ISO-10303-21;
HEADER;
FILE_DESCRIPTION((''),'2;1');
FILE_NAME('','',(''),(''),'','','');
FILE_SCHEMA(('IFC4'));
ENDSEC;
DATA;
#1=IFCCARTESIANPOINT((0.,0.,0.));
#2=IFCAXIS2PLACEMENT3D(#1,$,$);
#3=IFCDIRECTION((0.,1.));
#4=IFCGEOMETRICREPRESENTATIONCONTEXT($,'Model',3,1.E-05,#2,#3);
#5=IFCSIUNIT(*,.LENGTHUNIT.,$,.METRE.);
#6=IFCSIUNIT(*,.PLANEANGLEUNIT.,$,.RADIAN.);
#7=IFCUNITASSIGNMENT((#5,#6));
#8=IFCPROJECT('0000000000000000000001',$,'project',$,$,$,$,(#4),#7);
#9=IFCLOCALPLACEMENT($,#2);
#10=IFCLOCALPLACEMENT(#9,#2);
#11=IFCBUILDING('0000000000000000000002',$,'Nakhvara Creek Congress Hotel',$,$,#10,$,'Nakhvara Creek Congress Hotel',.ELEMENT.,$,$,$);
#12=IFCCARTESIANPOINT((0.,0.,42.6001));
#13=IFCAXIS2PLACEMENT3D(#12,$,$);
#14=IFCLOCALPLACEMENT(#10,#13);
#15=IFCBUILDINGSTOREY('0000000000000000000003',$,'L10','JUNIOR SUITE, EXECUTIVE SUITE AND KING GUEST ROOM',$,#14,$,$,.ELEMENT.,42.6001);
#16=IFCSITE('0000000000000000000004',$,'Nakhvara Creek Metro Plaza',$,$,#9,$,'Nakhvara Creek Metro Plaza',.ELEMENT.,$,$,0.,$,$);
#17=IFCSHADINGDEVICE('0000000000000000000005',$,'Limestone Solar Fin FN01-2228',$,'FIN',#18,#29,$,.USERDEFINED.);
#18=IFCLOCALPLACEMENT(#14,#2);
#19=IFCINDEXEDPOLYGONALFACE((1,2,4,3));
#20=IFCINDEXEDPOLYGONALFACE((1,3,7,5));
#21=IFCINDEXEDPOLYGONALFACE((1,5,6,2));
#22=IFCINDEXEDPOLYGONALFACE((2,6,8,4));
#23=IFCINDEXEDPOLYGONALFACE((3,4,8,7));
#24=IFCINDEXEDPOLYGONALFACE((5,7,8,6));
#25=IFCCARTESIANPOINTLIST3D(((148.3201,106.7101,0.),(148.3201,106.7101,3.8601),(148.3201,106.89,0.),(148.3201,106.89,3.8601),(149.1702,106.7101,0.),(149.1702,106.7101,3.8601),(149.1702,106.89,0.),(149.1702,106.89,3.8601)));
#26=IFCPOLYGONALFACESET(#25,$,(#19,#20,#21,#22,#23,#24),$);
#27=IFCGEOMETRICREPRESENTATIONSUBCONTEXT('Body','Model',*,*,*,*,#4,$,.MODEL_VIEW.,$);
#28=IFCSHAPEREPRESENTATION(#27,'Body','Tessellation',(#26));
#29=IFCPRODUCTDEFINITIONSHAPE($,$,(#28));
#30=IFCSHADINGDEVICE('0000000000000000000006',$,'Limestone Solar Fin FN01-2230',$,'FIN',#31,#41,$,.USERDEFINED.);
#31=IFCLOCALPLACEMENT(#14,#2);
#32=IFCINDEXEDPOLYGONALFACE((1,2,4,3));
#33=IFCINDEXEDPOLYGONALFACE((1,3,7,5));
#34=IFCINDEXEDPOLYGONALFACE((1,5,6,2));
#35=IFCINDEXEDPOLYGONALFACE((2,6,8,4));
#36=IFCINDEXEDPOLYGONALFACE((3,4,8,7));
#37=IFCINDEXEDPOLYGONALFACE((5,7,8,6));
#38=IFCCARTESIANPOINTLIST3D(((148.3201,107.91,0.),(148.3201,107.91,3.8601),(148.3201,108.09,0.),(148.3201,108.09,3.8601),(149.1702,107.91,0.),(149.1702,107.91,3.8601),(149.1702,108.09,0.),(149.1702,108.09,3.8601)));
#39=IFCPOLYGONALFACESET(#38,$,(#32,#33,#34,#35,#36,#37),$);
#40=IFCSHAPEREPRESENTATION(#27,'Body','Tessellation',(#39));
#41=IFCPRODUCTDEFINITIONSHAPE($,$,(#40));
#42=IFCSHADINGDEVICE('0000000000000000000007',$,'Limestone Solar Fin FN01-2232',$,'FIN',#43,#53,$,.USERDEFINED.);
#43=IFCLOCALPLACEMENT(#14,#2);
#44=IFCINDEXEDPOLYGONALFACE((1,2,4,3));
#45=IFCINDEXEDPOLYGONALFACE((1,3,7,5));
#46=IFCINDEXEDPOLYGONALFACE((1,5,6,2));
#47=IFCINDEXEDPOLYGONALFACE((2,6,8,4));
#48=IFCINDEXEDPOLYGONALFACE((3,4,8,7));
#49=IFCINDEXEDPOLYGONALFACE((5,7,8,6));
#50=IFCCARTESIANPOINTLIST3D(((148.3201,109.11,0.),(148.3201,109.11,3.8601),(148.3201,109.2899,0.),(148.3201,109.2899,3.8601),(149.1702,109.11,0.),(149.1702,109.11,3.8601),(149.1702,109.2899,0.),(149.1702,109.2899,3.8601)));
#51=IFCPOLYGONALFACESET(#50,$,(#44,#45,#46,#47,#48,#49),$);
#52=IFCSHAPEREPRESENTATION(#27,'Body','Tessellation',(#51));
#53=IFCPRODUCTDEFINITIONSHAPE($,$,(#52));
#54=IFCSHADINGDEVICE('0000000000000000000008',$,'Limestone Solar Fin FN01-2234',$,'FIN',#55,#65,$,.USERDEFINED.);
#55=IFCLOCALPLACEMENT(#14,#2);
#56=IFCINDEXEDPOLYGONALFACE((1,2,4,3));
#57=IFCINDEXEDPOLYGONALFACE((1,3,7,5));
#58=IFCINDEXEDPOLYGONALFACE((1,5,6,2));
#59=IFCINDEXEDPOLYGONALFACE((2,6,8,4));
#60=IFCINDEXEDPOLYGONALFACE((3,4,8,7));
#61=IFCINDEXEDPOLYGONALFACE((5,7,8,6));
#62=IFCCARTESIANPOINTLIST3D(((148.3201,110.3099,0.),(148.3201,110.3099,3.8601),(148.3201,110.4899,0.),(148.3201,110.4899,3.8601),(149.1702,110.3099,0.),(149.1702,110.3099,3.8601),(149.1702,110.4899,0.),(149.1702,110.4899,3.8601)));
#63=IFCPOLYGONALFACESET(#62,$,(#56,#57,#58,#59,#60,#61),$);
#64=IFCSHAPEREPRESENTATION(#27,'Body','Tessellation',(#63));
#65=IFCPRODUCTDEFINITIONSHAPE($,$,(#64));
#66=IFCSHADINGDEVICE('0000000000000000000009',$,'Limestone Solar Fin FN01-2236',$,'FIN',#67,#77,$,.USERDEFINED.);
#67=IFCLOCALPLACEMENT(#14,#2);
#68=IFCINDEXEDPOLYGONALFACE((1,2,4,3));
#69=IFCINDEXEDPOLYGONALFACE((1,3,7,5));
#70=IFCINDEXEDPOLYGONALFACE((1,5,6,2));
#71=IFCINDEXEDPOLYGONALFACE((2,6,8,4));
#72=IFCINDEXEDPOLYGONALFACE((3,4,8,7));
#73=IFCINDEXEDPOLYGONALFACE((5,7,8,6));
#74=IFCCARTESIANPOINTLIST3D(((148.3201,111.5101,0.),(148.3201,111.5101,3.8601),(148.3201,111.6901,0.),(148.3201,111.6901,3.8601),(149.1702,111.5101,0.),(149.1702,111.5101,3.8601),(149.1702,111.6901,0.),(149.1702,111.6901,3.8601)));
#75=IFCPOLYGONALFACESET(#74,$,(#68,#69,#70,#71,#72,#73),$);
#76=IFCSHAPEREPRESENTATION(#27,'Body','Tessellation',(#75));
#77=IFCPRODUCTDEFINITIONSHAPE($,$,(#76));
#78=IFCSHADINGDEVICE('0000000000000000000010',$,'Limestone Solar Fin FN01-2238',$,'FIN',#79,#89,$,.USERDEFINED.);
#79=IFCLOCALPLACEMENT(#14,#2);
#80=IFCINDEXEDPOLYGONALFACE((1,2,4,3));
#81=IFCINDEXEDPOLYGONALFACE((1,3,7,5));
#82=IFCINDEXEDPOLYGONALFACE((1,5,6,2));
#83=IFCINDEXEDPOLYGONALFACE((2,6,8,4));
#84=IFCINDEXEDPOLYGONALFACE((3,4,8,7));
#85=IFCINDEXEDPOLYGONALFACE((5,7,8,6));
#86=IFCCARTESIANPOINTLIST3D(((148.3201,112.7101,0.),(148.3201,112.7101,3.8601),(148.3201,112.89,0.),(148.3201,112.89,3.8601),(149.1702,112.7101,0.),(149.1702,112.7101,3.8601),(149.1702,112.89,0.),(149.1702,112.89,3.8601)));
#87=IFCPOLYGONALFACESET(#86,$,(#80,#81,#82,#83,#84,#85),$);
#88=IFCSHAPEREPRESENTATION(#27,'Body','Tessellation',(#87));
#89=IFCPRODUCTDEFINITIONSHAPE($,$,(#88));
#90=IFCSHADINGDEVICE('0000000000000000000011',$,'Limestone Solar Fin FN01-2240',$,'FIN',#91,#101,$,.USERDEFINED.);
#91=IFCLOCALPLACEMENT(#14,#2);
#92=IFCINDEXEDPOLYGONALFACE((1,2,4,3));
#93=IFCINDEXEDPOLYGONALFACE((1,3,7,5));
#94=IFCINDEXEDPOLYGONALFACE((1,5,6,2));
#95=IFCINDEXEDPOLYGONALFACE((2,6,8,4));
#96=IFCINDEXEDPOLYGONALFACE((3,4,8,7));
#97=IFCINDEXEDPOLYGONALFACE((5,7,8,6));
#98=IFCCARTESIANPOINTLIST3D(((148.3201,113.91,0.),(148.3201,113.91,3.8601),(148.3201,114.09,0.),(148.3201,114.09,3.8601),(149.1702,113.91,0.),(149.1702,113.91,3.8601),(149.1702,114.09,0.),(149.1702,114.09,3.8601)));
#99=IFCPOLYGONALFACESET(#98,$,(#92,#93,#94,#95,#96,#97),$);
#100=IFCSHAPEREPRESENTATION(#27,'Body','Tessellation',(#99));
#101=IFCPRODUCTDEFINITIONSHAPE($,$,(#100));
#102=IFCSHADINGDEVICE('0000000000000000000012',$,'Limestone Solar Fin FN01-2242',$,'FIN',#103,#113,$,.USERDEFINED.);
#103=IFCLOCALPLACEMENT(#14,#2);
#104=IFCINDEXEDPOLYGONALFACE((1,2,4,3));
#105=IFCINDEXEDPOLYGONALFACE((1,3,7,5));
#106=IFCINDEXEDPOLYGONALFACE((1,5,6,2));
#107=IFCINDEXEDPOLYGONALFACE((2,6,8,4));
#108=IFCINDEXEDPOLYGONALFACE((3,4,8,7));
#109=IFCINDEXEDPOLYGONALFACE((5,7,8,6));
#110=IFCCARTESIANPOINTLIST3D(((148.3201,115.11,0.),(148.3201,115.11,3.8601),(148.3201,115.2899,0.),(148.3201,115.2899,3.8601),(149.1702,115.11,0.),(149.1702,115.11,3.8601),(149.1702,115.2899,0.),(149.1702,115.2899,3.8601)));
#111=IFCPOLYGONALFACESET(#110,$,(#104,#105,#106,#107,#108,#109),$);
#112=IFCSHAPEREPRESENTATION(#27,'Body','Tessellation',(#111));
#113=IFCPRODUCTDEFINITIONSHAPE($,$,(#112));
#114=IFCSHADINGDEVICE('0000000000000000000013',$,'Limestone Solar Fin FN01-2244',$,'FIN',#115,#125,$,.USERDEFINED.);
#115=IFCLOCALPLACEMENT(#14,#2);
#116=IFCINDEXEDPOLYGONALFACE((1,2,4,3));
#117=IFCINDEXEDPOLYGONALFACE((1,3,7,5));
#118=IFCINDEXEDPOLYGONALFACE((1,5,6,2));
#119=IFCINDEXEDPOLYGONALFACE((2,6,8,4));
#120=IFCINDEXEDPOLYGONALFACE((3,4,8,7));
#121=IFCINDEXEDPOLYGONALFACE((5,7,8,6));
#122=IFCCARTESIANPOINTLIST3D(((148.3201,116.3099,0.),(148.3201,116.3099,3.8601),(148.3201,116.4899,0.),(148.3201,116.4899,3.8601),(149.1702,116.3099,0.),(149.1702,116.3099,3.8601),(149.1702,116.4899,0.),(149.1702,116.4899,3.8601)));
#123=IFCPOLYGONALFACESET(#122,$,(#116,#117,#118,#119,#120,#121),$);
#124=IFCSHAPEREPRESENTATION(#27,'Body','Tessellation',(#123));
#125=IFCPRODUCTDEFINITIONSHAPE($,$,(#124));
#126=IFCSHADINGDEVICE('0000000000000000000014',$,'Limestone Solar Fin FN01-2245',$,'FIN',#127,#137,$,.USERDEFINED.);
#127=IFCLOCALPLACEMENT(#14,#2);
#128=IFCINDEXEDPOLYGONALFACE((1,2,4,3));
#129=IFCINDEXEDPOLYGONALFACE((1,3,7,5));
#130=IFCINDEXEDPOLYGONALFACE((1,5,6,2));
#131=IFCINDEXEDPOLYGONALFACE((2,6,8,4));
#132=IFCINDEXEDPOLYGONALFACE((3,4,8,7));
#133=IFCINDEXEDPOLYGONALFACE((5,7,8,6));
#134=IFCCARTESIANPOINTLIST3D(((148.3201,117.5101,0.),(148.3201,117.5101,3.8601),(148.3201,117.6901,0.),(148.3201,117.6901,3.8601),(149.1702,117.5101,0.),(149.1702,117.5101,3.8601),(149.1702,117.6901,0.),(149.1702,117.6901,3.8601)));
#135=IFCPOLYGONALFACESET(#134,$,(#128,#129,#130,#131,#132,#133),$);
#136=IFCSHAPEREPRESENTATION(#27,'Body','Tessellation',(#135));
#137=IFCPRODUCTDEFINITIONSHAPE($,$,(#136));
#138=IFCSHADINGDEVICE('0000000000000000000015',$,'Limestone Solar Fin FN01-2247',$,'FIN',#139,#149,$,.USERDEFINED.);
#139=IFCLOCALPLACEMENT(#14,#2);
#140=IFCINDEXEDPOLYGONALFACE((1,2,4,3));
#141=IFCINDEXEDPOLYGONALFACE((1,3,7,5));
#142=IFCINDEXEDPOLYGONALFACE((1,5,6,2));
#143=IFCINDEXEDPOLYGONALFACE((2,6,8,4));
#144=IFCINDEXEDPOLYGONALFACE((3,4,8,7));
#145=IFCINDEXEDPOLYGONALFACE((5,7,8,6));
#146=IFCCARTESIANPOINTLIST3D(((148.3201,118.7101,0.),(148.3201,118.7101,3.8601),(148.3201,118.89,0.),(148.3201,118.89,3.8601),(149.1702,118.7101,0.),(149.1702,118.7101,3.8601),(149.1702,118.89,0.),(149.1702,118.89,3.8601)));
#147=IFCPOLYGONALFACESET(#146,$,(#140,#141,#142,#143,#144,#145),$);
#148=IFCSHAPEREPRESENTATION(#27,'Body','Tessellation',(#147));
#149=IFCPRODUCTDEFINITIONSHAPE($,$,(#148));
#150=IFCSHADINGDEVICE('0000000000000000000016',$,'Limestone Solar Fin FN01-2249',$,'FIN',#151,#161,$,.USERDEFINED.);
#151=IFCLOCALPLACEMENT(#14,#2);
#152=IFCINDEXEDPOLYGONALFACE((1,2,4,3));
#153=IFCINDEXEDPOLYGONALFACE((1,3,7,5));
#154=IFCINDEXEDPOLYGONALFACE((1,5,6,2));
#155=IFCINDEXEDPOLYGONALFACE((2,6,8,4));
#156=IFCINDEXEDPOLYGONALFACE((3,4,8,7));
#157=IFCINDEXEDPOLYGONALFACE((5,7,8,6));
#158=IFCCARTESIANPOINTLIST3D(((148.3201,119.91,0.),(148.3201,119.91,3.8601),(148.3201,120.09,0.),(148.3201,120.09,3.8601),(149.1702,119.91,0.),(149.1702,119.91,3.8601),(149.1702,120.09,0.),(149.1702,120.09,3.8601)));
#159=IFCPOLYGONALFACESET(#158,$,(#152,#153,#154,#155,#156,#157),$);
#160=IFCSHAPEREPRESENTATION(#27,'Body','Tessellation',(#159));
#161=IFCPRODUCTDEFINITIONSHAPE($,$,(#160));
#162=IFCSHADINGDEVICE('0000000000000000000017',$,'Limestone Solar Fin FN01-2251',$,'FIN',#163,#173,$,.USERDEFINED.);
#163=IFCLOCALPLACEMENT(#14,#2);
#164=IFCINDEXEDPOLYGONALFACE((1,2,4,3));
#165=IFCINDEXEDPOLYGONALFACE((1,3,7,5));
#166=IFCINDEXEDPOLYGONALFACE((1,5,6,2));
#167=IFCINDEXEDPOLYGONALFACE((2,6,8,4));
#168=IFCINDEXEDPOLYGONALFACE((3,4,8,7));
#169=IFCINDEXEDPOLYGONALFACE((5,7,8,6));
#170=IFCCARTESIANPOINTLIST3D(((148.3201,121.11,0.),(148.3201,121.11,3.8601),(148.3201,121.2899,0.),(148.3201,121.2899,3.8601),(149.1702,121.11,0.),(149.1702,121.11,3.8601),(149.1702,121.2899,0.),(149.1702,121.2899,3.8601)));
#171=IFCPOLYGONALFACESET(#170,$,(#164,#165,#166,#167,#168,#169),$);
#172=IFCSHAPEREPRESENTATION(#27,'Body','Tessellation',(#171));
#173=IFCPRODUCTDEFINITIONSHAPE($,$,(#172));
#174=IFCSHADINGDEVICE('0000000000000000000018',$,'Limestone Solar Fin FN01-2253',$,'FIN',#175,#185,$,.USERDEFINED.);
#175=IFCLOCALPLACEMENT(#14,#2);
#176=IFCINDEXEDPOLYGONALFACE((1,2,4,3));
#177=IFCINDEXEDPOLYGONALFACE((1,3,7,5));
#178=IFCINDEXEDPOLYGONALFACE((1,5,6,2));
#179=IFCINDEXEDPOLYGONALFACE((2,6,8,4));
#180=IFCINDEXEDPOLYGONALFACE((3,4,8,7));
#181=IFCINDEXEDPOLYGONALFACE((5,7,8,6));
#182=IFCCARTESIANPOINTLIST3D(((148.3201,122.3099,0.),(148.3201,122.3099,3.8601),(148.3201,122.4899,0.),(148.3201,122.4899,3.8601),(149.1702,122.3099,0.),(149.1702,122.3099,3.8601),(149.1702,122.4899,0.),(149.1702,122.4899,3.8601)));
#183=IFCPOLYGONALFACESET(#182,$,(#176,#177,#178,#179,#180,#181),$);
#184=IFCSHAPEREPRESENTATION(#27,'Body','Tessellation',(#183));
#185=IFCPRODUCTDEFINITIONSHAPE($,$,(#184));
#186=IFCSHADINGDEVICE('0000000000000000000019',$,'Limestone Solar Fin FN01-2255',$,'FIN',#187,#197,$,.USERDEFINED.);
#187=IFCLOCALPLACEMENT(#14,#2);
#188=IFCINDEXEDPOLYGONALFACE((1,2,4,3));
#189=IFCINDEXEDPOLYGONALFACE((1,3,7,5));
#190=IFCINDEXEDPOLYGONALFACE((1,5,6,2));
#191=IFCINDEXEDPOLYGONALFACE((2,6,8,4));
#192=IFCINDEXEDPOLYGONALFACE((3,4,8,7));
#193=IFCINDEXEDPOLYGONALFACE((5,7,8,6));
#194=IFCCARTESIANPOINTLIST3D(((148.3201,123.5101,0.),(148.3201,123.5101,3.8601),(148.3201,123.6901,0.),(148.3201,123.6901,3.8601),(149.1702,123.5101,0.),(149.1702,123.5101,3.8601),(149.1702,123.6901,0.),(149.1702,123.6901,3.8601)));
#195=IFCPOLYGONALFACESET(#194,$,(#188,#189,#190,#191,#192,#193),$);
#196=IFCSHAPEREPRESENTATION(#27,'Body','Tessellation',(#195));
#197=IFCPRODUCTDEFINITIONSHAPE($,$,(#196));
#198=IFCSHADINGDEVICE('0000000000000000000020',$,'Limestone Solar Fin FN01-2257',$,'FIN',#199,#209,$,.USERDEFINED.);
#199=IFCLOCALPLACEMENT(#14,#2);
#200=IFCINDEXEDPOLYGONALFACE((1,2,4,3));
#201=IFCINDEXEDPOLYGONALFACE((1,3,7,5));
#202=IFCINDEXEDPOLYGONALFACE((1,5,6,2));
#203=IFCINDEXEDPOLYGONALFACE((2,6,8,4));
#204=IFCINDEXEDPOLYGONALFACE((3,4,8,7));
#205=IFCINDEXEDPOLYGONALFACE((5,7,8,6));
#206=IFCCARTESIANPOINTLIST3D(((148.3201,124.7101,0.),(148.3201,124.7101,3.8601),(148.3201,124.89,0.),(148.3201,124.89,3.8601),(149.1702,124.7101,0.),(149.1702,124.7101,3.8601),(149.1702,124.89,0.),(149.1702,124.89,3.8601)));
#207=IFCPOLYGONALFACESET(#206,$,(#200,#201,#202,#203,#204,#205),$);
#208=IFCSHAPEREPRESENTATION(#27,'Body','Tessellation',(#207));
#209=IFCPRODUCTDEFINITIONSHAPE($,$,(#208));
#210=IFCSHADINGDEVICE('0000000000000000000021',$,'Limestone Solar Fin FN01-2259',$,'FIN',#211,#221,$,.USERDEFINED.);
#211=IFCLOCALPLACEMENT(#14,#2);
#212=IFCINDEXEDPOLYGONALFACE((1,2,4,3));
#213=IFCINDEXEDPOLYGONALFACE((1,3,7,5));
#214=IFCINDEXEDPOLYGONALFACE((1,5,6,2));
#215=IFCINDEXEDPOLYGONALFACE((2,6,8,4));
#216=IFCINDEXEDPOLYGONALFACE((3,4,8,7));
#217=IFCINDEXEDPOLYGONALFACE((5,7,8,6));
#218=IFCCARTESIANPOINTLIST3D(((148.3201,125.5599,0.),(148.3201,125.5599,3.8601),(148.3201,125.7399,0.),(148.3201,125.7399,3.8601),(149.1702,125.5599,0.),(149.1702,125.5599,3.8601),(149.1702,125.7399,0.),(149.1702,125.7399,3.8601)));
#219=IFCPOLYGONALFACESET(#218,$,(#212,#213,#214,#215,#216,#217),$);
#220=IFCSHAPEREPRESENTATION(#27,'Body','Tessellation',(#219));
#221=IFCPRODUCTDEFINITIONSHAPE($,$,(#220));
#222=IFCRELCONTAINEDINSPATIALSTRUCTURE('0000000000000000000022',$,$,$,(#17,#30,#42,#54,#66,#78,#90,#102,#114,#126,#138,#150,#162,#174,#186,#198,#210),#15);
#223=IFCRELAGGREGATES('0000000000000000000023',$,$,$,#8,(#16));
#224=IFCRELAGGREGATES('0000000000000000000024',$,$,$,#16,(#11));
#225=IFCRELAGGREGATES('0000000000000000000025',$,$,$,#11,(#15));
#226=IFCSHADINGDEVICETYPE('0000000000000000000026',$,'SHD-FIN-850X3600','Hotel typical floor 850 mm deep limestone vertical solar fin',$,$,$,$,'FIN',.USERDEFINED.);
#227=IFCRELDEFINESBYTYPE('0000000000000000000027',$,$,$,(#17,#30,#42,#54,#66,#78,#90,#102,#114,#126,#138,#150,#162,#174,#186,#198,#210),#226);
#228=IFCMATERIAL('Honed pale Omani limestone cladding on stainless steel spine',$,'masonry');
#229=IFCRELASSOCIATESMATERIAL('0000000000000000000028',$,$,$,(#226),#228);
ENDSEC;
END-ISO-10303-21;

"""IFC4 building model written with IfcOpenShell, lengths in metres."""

from ifc_helpers import new_model, si_unit, direction, frame, origin, origin_2d, place, context, subcontext, project, spatial, rectangle, extrude, material, type_object, element, save


model = new_model("IFC4")

# Units and contexts
model_context = context("Model", 3, precision=1e-05, world=origin(), true_north=direction((0.0, 1.0)))
body_context = subcontext(model_context, "Body", "Model", "MODEL_VIEW")
ifc_project = project(units=[si_unit("LENGTHUNIT", "METRE"), si_unit("PLANEANGLEUNIT", "RADIAN")], contexts=[model_context])

# Site, building, storey
site_placement = place(None, origin())
site = spatial("IfcSite", under=ifc_project, at=site_placement, Name="Nakhvara Creek Metro Plaza", LongName="Nakhvara Creek Metro Plaza", CompositionType="ELEMENT", RefElevation=0.0)
building_placement = place(site_placement, origin())
building = spatial("IfcBuilding", under=site, at=building_placement, Name="Nakhvara Creek Congress Hotel", LongName="Nakhvara Creek Congress Hotel", CompositionType="ELEMENT")
storey_placement = place(building_placement, frame((0.0, 0.0, 42.6001)))
storey = spatial("IfcBuildingStorey", under=building, at=storey_placement, Name="L10", Description="JUNIOR SUITE, EXECUTIVE SUITE AND KING GUEST ROOM", CompositionType="ELEMENT", Elevation=42.6001)

# Shading devices
ifc_material_1 = material(Name="Honed pale Omani limestone cladding on stainless steel spine", Category="masonry")
shading_device_type = type_object("IfcShadingDeviceType", Name="SHD-FIN-850X3600", Description="Hotel typical floor 850 mm deep limestone vertical solar fin", ElementType="FIN", PredefinedType="USERDEFINED", material=ifc_material_1)
for number, where, z_axis, x_axis, name in (
    (1, (148.7451, 106.8, 0.0), (0.0, 0.0, 1.0), (0.0, 1.0, 0.0), "Limestone Solar Fin FN01-2228"),
    (2, (148.7451, 108.0, 0.0), (0.0, 0.0, 1.0), (0.0, 1.0, 0.0), "Limestone Solar Fin FN01-2230"),
    (3, (148.7451, 109.2, 0.0), (0.0, 0.0, 1.0), (0.0, 1.0, 0.0), "Limestone Solar Fin FN01-2232"),
    (4, (148.7451, 110.3999, 0.0), (0.0, 0.0, 1.0), (0.0, 1.0, 0.0), "Limestone Solar Fin FN01-2234"),
    (5, (148.7451, 111.6001, 0.0), (0.0, 0.0, 1.0), (0.0, 1.0, 0.0), "Limestone Solar Fin FN01-2236"),
    (6, (148.7451, 112.8, 0.0), (0.0, 0.0, 1.0), (0.0, 1.0, 0.0), "Limestone Solar Fin FN01-2238"),
    (7, (148.7451, 114.0, 0.0), (0.0, 0.0, 1.0), (0.0, 1.0, 0.0), "Limestone Solar Fin FN01-2240"),
    (8, (148.7451, 115.2, 0.0), (0.0, 0.0, 1.0), (0.0, 1.0, 0.0), "Limestone Solar Fin FN01-2242"),
    (9, (148.7451, 116.3999, 0.0), (0.0, 0.0, 1.0), (0.0, 1.0, 0.0), "Limestone Solar Fin FN01-2244"),
    (10, (148.7451, 117.6001, 0.0), (0.0, 0.0, 1.0), (0.0, 1.0, 0.0), "Limestone Solar Fin FN01-2245"),
    (11, (148.7451, 118.8, 0.0), (0.0, 0.0, 1.0), (0.0, 1.0, 0.0), "Limestone Solar Fin FN01-2247"),
    (12, (148.7451, 120.0, 0.0), (0.0, 0.0, 1.0), (0.0, 1.0, 0.0), "Limestone Solar Fin FN01-2249"),
    (13, (148.7451, 121.2, 0.0), (0.0, 0.0, 1.0), (0.0, 1.0, 0.0), "Limestone Solar Fin FN01-2251"),
    (14, (148.7451, 122.3999, 0.0), (0.0, 0.0, 1.0), (0.0, 1.0, 0.0), "Limestone Solar Fin FN01-2253"),
    (15, (148.7451, 123.6001, 0.0), (0.0, 0.0, 1.0), (0.0, 1.0, 0.0), "Limestone Solar Fin FN01-2255"),
    (16, (148.7451, 124.8, 0.0), (0.0, 0.0, 1.0), (0.0, 1.0, 0.0), "Limestone Solar Fin FN01-2257"),
    (17, (148.7451, 125.6499, 0.0), (0.0, 0.0, 1.0), (0.0, 1.0, 0.0), "Limestone Solar Fin FN01-2259"),
):
    element("IfcShadingDevice", number, at=place(storey_placement, frame(where, z_axis=z_axis, x_axis=x_axis)), inside=storey, type_object=shading_device_type, Name=name, ObjectType="FIN", PredefinedType="USERDEFINED", context=body_context, shape_type="SweptSolid", body=[
        extrude(rectangle(XDim=0.1799, YDim=0.8501, at=origin_2d()), origin(), (0.0, 0.0, 1.0), 3.8601),
    ])

save(model, "model.ifc")
